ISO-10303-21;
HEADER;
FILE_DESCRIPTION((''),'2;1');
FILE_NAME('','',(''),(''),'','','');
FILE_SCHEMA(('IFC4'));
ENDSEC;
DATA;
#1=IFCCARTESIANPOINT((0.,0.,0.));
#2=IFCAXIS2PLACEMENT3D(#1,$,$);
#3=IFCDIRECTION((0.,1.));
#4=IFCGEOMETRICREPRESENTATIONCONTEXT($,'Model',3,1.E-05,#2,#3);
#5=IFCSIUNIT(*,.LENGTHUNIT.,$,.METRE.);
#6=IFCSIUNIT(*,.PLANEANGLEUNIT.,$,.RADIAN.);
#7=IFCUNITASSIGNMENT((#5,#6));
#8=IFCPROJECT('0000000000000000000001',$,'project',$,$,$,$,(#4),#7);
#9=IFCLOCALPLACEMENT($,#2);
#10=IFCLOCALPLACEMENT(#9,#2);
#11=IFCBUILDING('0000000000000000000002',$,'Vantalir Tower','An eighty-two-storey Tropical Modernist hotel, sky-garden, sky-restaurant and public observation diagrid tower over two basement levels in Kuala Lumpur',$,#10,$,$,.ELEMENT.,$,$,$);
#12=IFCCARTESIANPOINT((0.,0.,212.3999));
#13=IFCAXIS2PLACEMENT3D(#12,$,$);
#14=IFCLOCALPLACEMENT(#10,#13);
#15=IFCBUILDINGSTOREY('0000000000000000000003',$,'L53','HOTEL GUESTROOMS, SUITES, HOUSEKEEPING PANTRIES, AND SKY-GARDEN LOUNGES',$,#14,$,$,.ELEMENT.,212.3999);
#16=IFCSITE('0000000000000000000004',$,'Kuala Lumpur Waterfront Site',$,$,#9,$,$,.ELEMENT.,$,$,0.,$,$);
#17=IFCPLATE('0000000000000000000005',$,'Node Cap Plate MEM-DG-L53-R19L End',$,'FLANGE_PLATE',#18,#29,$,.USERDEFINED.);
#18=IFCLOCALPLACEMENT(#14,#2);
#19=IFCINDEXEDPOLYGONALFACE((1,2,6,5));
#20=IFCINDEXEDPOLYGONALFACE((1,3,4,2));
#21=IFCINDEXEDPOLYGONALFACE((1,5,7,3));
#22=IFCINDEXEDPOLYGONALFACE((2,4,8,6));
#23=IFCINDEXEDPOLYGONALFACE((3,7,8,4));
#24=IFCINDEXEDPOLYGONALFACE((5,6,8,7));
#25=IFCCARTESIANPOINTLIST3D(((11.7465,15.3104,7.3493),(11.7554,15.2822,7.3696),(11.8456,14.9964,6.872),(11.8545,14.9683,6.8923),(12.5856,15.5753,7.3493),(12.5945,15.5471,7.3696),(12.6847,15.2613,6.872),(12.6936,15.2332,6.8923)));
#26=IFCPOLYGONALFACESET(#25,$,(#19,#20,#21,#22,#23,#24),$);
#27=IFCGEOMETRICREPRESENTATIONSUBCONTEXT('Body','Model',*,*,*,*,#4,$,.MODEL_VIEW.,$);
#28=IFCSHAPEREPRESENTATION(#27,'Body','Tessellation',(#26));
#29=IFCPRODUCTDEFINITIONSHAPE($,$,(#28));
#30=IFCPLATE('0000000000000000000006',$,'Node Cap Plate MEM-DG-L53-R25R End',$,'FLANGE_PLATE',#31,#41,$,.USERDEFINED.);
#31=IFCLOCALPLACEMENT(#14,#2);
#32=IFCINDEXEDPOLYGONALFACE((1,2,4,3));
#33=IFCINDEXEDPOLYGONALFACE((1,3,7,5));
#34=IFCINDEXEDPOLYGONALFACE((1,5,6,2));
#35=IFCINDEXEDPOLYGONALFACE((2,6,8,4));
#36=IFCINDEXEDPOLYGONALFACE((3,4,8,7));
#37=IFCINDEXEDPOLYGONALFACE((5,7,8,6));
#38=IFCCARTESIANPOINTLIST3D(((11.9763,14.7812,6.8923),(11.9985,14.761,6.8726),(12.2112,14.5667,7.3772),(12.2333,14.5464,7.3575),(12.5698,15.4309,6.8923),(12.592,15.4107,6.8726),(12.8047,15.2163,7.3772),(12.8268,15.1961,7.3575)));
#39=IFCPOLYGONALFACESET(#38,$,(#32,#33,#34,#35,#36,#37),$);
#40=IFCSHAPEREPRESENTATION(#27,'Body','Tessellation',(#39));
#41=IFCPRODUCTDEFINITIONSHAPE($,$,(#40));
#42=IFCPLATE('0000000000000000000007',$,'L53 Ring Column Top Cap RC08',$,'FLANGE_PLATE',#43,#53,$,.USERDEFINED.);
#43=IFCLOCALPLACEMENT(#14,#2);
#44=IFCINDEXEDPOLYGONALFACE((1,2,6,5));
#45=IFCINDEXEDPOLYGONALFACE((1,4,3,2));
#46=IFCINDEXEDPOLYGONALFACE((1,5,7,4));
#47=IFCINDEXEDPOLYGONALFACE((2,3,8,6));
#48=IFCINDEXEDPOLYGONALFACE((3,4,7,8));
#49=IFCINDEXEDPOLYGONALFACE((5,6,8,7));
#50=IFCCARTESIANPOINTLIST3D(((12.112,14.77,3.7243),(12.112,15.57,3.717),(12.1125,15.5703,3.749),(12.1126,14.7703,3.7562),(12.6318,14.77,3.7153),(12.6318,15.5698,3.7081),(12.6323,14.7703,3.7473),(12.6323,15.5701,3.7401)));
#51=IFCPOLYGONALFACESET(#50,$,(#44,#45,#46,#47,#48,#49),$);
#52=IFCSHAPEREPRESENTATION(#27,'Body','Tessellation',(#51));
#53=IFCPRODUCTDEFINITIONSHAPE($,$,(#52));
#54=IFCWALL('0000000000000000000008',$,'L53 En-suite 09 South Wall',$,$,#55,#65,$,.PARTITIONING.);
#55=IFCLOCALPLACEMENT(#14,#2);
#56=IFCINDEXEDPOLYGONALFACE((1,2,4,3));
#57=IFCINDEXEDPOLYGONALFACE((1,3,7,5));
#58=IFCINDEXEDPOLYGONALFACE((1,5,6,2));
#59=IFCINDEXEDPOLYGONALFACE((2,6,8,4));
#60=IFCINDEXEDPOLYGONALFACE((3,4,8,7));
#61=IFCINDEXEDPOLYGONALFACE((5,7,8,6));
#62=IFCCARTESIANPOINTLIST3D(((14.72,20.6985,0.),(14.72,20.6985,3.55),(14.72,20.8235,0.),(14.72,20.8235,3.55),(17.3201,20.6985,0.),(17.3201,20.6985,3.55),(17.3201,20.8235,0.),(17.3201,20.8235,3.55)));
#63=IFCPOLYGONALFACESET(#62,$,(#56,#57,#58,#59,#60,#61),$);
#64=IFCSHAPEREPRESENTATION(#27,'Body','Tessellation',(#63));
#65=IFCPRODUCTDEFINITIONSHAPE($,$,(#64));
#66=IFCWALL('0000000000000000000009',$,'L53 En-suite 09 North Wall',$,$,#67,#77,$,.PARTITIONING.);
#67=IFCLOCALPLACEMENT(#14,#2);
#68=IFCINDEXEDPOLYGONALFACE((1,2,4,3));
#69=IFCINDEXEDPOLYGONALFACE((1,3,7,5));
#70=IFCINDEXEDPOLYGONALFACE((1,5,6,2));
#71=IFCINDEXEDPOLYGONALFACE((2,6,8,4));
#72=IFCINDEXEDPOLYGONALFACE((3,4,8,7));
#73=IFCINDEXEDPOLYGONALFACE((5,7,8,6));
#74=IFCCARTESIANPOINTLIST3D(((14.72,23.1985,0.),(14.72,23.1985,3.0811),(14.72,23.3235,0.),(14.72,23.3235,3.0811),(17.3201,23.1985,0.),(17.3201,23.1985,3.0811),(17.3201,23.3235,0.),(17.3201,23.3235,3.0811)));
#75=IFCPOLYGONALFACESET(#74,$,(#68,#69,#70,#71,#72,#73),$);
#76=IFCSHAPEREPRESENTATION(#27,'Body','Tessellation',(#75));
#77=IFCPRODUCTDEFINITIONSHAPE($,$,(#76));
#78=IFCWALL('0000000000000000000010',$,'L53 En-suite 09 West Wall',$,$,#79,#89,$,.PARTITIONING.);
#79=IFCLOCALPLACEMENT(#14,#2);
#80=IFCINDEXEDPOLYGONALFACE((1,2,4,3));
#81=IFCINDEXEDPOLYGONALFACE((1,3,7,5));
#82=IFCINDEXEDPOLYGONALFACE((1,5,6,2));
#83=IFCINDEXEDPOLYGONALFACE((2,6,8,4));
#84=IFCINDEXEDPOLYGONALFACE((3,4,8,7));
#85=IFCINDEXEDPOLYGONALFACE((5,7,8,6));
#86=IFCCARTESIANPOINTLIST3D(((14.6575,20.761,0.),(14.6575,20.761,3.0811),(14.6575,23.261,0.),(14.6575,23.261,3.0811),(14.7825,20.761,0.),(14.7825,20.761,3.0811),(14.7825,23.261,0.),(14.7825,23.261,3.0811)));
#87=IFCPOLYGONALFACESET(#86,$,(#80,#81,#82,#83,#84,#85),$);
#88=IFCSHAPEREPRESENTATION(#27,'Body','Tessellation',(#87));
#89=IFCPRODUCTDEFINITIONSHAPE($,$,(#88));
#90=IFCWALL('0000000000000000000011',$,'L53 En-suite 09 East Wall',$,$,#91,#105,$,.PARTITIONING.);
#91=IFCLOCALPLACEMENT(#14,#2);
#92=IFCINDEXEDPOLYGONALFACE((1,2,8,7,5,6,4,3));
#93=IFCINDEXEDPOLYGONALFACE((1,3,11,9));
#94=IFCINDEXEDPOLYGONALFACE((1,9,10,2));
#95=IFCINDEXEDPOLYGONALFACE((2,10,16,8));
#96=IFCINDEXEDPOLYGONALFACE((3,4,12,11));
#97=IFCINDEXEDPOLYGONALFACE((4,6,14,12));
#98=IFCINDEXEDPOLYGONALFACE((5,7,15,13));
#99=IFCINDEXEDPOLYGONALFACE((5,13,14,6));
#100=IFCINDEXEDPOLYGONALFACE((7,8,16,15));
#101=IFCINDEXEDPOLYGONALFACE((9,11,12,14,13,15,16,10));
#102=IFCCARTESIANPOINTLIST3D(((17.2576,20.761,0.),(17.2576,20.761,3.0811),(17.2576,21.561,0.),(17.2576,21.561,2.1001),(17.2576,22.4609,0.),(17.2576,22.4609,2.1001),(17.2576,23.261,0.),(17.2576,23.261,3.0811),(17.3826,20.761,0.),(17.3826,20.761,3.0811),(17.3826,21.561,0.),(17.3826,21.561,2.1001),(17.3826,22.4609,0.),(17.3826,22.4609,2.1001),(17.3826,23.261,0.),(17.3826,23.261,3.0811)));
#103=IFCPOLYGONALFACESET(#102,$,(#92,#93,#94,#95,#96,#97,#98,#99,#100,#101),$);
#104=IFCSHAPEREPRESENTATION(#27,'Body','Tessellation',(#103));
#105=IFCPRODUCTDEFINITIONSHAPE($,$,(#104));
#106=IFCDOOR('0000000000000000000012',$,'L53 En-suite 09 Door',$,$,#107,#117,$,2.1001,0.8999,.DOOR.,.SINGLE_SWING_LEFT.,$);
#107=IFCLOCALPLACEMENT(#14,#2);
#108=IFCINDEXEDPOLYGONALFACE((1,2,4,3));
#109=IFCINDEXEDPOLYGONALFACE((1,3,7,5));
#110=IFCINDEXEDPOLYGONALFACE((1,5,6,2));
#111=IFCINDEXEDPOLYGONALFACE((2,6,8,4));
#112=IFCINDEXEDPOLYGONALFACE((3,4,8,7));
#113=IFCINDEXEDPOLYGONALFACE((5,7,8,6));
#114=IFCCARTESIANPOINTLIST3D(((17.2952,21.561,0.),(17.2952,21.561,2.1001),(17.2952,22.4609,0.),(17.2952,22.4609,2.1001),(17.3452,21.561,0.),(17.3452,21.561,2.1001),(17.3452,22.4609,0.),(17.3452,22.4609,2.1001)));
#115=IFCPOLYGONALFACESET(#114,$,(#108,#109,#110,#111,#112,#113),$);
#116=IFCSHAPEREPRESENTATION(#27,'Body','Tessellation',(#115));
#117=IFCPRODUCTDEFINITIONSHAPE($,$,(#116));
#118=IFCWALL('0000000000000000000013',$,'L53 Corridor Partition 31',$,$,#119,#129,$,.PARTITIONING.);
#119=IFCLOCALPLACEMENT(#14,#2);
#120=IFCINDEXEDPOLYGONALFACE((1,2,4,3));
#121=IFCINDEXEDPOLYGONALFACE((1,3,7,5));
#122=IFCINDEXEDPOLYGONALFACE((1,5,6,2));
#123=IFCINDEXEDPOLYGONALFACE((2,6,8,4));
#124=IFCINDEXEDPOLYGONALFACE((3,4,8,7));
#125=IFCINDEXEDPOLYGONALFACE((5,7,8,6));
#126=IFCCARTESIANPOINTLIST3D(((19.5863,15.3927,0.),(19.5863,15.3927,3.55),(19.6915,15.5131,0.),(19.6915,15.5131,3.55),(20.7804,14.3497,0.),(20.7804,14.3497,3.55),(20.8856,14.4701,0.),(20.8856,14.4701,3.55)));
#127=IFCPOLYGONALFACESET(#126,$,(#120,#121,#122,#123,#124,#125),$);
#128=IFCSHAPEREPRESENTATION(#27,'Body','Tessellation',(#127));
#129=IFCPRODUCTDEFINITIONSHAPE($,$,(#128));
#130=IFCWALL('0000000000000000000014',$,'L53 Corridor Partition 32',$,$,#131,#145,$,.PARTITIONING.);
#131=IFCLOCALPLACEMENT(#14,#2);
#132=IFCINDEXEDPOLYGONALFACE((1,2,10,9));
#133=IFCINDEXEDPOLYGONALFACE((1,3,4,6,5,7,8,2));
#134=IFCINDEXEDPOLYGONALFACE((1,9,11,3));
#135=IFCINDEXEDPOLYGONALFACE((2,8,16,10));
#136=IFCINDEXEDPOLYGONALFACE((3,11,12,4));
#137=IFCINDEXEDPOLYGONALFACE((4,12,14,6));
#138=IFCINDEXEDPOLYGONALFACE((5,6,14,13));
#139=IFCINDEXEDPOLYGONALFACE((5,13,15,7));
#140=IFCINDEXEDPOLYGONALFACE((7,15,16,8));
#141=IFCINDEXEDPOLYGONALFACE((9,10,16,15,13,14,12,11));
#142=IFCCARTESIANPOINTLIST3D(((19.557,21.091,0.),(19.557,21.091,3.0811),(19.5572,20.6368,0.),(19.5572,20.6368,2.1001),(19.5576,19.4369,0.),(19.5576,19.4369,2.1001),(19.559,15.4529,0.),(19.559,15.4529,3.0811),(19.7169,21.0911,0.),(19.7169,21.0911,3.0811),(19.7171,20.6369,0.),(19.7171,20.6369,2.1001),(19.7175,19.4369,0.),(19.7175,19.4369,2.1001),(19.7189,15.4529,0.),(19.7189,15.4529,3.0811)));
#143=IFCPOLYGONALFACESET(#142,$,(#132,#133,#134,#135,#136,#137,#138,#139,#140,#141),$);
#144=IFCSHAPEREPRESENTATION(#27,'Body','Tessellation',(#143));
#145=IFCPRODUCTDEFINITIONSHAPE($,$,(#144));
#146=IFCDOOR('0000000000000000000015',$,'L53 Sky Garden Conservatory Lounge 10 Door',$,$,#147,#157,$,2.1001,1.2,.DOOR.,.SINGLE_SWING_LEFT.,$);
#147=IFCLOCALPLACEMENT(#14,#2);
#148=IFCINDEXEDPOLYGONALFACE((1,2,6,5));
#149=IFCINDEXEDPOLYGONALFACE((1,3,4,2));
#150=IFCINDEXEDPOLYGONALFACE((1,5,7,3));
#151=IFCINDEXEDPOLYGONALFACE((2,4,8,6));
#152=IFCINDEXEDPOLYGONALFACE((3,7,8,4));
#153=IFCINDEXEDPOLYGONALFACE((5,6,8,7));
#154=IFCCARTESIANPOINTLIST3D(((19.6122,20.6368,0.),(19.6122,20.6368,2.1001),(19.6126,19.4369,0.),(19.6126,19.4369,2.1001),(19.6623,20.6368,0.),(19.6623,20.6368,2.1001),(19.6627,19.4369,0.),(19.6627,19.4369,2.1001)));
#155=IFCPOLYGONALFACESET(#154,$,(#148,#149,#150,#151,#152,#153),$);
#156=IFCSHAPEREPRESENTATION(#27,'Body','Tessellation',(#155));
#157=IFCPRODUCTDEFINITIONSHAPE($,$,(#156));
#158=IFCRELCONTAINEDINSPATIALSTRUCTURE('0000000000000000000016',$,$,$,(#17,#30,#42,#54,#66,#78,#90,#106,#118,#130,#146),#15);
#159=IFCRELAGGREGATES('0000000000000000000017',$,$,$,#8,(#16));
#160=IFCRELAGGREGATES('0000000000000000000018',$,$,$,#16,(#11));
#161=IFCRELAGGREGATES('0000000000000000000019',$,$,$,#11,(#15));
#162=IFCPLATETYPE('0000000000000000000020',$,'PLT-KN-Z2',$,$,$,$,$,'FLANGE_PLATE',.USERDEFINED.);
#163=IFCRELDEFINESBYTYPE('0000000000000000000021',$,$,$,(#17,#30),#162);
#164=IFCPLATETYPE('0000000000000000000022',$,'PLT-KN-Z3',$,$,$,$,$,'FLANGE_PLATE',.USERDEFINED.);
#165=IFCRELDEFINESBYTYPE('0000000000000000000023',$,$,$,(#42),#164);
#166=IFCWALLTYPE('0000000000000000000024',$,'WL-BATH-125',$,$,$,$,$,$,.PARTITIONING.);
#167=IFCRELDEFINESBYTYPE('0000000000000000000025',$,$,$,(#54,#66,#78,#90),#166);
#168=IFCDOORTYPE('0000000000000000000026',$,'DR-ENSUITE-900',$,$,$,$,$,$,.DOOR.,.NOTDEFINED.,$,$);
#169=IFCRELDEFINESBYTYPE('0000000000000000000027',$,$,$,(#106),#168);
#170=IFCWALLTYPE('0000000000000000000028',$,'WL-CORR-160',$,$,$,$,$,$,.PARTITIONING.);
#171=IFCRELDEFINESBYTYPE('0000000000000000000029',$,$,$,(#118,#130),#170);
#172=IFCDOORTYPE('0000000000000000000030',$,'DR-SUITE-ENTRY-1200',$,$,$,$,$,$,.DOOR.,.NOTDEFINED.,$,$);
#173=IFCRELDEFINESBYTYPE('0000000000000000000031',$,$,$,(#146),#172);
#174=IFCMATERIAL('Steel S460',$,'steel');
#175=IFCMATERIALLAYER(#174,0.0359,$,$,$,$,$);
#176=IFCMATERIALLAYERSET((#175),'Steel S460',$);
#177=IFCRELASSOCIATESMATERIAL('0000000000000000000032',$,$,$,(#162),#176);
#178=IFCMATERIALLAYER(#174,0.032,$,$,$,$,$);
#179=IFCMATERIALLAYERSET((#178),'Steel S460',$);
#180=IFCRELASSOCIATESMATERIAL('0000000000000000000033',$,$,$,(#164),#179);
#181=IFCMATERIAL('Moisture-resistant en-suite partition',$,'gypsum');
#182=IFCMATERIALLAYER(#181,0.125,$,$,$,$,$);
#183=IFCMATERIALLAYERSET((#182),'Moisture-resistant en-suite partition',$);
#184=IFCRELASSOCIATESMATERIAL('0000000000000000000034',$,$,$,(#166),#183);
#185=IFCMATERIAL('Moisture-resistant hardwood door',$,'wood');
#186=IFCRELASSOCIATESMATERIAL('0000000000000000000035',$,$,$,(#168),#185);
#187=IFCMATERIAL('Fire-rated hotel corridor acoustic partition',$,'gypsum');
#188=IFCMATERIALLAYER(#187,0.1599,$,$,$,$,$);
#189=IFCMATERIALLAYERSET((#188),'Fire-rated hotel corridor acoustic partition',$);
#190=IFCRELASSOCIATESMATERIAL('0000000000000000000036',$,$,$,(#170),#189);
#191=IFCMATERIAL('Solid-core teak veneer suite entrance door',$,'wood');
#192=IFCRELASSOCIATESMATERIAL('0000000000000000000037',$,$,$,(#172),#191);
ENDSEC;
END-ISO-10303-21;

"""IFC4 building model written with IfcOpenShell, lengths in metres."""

from ifc_helpers import new_model, si_unit, direction, frame, frame_2d, origin, place, context, subcontext, project, spatial, polyline, rectangle, outline, extrude, material, layer, layer_set, type_object, element, fill, save


model = new_model("IFC4")

# Units and contexts
model_context = context("Model", 3, precision=1e-05, world=origin(), true_north=direction((0.0, 1.0)))
body_context = subcontext(model_context, "Body", "Model", "MODEL_VIEW")
ifc_project = project(units=[si_unit("LENGTHUNIT", "METRE"), si_unit("PLANEANGLEUNIT", "RADIAN")], contexts=[model_context])

# Site, building, storey
site_placement = place(None, origin())
site = spatial("IfcSite", under=ifc_project, at=site_placement, Name="Kuala Lumpur Waterfront Site", CompositionType="ELEMENT", RefElevation=0.0)
building_placement = place(site_placement, origin())
building = spatial("IfcBuilding", under=site, at=building_placement, Name="Vantalir Tower", Description="An eighty-two-storey Tropical Modernist hotel, sky-garden, sky-restaurant and public observation diagrid tower over two basement levels in Kuala Lumpur", CompositionType="ELEMENT")
storey_placement = place(building_placement, frame((0.0, 0.0, 212.3999)))
storey = spatial("IfcBuildingStorey", under=building, at=storey_placement, Name="L53", Description="HOTEL GUESTROOMS, SUITES, HOUSEKEEPING PANTRIES, AND SKY-GARDEN LOUNGES", CompositionType="ELEMENT", Elevation=212.3999)

# Shared definitions
ifc_material_1 = material(Name="Steel S460", Category="steel")

# Plates
ifc_layer_1 = layer(ifc_material_1, 0.0359)
ifc_layer_set_1 = layer_set([ifc_layer_1], Name="Steel S460")
plate_type_1 = type_object("IfcPlateType", Name="PLT-KN-Z2", ElementType="FLANGE_PLATE", PredefinedType="USERDEFINED", material=ifc_layer_set_1)
plate_1_placement = place(storey_placement, frame((11.8545, 14.9683, 6.8923), z_axis=(0.247801, -0.784971, 0.567816), x_axis=(0.953612, 0.301038, 0.0)))
element("IfcPlate", 1, at=plate_1_placement, inside=storey, type_object=plate_type_1, Name="Node Cap Plate MEM-DG-L53-R19L End", ObjectType="FLANGE_PLATE", PredefinedType="USERDEFINED", context=body_context, shape_type="SweptSolid", body=[
    extrude(outline(polyline([(0.0, 0.0), (0.8799, 0.0), (0.8799, 0.5798), (0.0, 0.5798), (0.0, 0.0)])), origin(), (0.0, 0.0, -1.0), 0.0359),
])
plate_2_placement = place(storey_placement, frame((12.5698, 15.4309, 6.8923), z_axis=(-0.617278, 0.563924, 0.548596), x_axis=(-0.67448, -0.738293, 0.0)))
element("IfcPlate", 2, at=plate_2_placement, inside=storey, type_object=plate_type_1, Name="Node Cap Plate MEM-DG-L53-R25R End", ObjectType="FLANGE_PLATE", PredefinedType="USERDEFINED", context=body_context, shape_type="SweptSolid", body=[
    extrude(outline(polyline([(0.0, 0.0), (0.8799, 0.0), (0.88, 0.5799), (0.0, 0.5799), (0.0, 0.0)])), origin(), (0.0, 0.0, -1.0), 0.0359),
])
ifc_layer_2 = layer(ifc_material_1, 0.032)
ifc_layer_set_2 = layer_set([ifc_layer_2], Name="Steel S460")
plate_type_2 = type_object("IfcPlateType", Name="PLT-KN-Z3", ElementType="FLANGE_PLATE", PredefinedType="USERDEFINED", material=ifc_layer_set_2)
plate_3_placement = place(storey_placement, frame((12.1125, 15.5703, 3.749), z_axis=(0.017143, 0.009002, 0.999813), x_axis=(0.000003, -0.999959, 0.009003)))
element("IfcPlate", 3, at=plate_3_placement, inside=storey, type_object=plate_type_2, Name="L53 Ring Column Top Cap RC08", ObjectType="FLANGE_PLATE", PredefinedType="USERDEFINED", context=body_context, shape_type="SweptSolid", body=[
    extrude(outline(polyline([(0.0, 0.0), (0.8001, 0.0), (0.8, 0.5198), (0.0002, 0.5199), (0.0, 0.0)])), origin(), (0.0, 0.0, -1.0), 0.032),
])

# Walls
ifc_material_2 = material(Name="Moisture-resistant en-suite partition", Category="gypsum")
ifc_layer_3 = layer(ifc_material_2, 0.125)
ifc_layer_set_3 = layer_set([ifc_layer_3], Name="Moisture-resistant en-suite partition")
wall_type_1 = type_object("IfcWallType", Name="WL-BATH-125", PredefinedType="PARTITIONING", material=ifc_layer_set_3)
wall_1_placement = place(storey_placement, frame((14.72, 20.761, 0.0), z_axis=(0.0, 0.0, 1.0), x_axis=(1.0, 0.0, 0.0)))
element("IfcWall", 4, at=wall_1_placement, inside=storey, type_object=wall_type_1, Name="L53 En-suite 09 South Wall", PredefinedType="PARTITIONING", context=body_context, shape_type="SweptSolid", body=[
    extrude(rectangle(XDim=2.6001, YDim=0.125, at=frame_2d((1.3, 0.0))), origin(), (0.0, 0.0, 1.0), 3.55),
])
wall_2_placement = place(storey_placement, frame((14.72, 23.261, 0.0), z_axis=(0.0, 0.0, 1.0), x_axis=(1.0, 0.0, 0.0)))
element("IfcWall", 5, at=wall_2_placement, inside=storey, type_object=wall_type_1, Name="L53 En-suite 09 North Wall", PredefinedType="PARTITIONING", context=body_context, shape_type="SweptSolid", body=[
    extrude(rectangle(XDim=2.6001, YDim=0.125, at=frame_2d((1.3, 0.0))), origin(), (0.0, 0.0, 1.0), 3.0811),
])
wall_3_placement = place(storey_placement, frame((14.72, 20.761, 0.0), z_axis=(0.0, 0.0, 1.0), x_axis=(0.0, 1.0, 0.0)))
element("IfcWall", 6, at=wall_3_placement, inside=storey, type_object=wall_type_1, Name="L53 En-suite 09 West Wall", PredefinedType="PARTITIONING", context=body_context, shape_type="SweptSolid", body=[
    extrude(rectangle(XDim=2.5, YDim=0.125, at=frame_2d((1.25, 0.0))), origin(), (0.0, 0.0, 1.0), 3.0811),
])

# Wall, opening, door
wall_4_placement = place(storey_placement, frame((17.3201, 20.761, 0.0), z_axis=(0.0, 0.0, 1.0), x_axis=(0.0, 1.0, 0.0)))
wall_4 = element("IfcWall", 7, at=wall_4_placement, inside=storey, type_object=wall_type_1, Name="L53 En-suite 09 East Wall", PredefinedType="PARTITIONING", context=body_context, shape_type="SweptSolid", body=[
    extrude(rectangle(XDim=2.5, YDim=0.125, at=frame_2d((1.25, 0.0))), origin(), (0.0, 0.0, 1.0), 3.0811),
])
opening_1_placement = place(wall_4_placement, frame((0.8, 0.0, 0.0)))
opening_1 = element("IfcOpeningElement", 8, at=opening_1_placement, cuts=wall_4, PredefinedType="OPENING", context=body_context, shape_type="SweptSolid", body=[
    extrude(rectangle(XDim=0.8999, YDim=2.1001, at=frame_2d((0.45, 1.05))), frame((0.0, 0.0725, 0.0), z_axis=(0.0, -1.0, 0.0), x_axis=(1.0, 0.0, 0.0)), (0.0, 0.0, 1.0), 0.145),
])
ifc_material_3 = material(Name="Moisture-resistant hardwood door", Category="wood")
door_type_1 = type_object("IfcDoorType", Name="DR-ENSUITE-900", OperationType="NOTDEFINED", PredefinedType="DOOR", material=ifc_material_3)
door_1_placement = place(opening_1_placement, origin())
door_1 = element("IfcDoor", 9, at=door_1_placement, inside=storey, type_object=door_type_1, Name="L53 En-suite 09 Door", OperationType="SINGLE_SWING_LEFT", OverallHeight=2.1001, OverallWidth=0.8999, PredefinedType="DOOR", context=body_context, shape_type="SweptSolid", body=[
    extrude(rectangle(XDim=0.8999, YDim=2.1001, at=frame_2d((0.45, 1.05))), frame((0.0, 0.0249, 0.0), z_axis=(0.0, -1.0, 0.0), x_axis=(1.0, 0.0, 0.0)), (0.0, 0.0, 1.0), 0.05),
])
fill(opening_1, door_1)

# Wall
ifc_material_4 = material(Name="Fire-rated hotel corridor acoustic partition", Category="gypsum")
ifc_layer_4 = layer(ifc_material_4, 0.1599)
ifc_layer_set_4 = layer_set([ifc_layer_4], Name="Fire-rated hotel corridor acoustic partition")
wall_type_2 = type_object("IfcWallType", Name="WL-CORR-160", PredefinedType="PARTITIONING", material=ifc_layer_set_4)
wall_5_placement = place(storey_placement, frame((20.833, 14.4099, 0.0), z_axis=(0.0, 0.0, 1.0), x_axis=(-0.753158, 0.657839, 0.0)))
element("IfcWall", 10, at=wall_5_placement, inside=storey, type_object=wall_type_2, Name="L53 Corridor Partition 31", PredefinedType="PARTITIONING", context=body_context, shape_type="SweptSolid", body=[
    extrude(rectangle(XDim=1.5854, YDim=0.1599, at=frame_2d((0.7927, 0.0))), origin(), (0.0, 0.0, 1.0), 3.55),
])

# Wall, opening, door
wall_6_placement = place(storey_placement, frame((19.6389, 15.4529, 0.0), z_axis=(0.0, 0.0, 1.0), x_axis=(-0.000346, 1.0, 0.0)))
wall_6 = element("IfcWall", 11, at=wall_6_placement, inside=storey, type_object=wall_type_2, Name="L53 Corridor Partition 32", PredefinedType="PARTITIONING", context=body_context, shape_type="SweptSolid", body=[
    extrude(rectangle(XDim=5.6382, YDim=0.1599, at=frame_2d((2.8191, 0.0))), origin(), (0.0, 0.0, 1.0), 3.0811),
])
opening_2_placement = place(wall_6_placement, frame((3.9839, 0.0, 0.0)))
opening_2 = element("IfcOpeningElement", 12, at=opening_2_placement, cuts=wall_6, PredefinedType="OPENING", context=body_context, shape_type="SweptSolid", body=[
    extrude(rectangle(XDim=1.2, YDim=2.1001, at=frame_2d((0.6001, 1.05))), frame((0.0, 0.0898, 0.0), z_axis=(0.0, -1.0, 0.0), x_axis=(1.0, 0.0, 0.0)), (0.0, 0.0, 1.0), 0.1799),
])
ifc_material_5 = material(Name="Solid-core teak veneer suite entrance door", Category="wood")
door_type_2 = type_object("IfcDoorType", Name="DR-SUITE-ENTRY-1200", OperationType="NOTDEFINED", PredefinedType="DOOR", material=ifc_material_5)
door_2_placement = place(opening_2_placement, origin())
door_2 = element("IfcDoor", 13, at=door_2_placement, inside=storey, type_object=door_type_2, Name="L53 Sky Garden Conservatory Lounge 10 Door", OperationType="SINGLE_SWING_LEFT", OverallHeight=2.1001, OverallWidth=1.2, PredefinedType="DOOR", context=body_context, shape_type="SweptSolid", body=[
    extrude(rectangle(XDim=1.2, YDim=2.1001, at=frame_2d((0.6001, 1.05))), frame((0.0, 0.0249, 0.0), z_axis=(0.0, -1.0, 0.0), x_axis=(1.0, 0.0, 0.0)), (0.0, 0.0, 1.0), 0.05),
])
fill(opening_2, door_2)

save(model, "model.ifc")
